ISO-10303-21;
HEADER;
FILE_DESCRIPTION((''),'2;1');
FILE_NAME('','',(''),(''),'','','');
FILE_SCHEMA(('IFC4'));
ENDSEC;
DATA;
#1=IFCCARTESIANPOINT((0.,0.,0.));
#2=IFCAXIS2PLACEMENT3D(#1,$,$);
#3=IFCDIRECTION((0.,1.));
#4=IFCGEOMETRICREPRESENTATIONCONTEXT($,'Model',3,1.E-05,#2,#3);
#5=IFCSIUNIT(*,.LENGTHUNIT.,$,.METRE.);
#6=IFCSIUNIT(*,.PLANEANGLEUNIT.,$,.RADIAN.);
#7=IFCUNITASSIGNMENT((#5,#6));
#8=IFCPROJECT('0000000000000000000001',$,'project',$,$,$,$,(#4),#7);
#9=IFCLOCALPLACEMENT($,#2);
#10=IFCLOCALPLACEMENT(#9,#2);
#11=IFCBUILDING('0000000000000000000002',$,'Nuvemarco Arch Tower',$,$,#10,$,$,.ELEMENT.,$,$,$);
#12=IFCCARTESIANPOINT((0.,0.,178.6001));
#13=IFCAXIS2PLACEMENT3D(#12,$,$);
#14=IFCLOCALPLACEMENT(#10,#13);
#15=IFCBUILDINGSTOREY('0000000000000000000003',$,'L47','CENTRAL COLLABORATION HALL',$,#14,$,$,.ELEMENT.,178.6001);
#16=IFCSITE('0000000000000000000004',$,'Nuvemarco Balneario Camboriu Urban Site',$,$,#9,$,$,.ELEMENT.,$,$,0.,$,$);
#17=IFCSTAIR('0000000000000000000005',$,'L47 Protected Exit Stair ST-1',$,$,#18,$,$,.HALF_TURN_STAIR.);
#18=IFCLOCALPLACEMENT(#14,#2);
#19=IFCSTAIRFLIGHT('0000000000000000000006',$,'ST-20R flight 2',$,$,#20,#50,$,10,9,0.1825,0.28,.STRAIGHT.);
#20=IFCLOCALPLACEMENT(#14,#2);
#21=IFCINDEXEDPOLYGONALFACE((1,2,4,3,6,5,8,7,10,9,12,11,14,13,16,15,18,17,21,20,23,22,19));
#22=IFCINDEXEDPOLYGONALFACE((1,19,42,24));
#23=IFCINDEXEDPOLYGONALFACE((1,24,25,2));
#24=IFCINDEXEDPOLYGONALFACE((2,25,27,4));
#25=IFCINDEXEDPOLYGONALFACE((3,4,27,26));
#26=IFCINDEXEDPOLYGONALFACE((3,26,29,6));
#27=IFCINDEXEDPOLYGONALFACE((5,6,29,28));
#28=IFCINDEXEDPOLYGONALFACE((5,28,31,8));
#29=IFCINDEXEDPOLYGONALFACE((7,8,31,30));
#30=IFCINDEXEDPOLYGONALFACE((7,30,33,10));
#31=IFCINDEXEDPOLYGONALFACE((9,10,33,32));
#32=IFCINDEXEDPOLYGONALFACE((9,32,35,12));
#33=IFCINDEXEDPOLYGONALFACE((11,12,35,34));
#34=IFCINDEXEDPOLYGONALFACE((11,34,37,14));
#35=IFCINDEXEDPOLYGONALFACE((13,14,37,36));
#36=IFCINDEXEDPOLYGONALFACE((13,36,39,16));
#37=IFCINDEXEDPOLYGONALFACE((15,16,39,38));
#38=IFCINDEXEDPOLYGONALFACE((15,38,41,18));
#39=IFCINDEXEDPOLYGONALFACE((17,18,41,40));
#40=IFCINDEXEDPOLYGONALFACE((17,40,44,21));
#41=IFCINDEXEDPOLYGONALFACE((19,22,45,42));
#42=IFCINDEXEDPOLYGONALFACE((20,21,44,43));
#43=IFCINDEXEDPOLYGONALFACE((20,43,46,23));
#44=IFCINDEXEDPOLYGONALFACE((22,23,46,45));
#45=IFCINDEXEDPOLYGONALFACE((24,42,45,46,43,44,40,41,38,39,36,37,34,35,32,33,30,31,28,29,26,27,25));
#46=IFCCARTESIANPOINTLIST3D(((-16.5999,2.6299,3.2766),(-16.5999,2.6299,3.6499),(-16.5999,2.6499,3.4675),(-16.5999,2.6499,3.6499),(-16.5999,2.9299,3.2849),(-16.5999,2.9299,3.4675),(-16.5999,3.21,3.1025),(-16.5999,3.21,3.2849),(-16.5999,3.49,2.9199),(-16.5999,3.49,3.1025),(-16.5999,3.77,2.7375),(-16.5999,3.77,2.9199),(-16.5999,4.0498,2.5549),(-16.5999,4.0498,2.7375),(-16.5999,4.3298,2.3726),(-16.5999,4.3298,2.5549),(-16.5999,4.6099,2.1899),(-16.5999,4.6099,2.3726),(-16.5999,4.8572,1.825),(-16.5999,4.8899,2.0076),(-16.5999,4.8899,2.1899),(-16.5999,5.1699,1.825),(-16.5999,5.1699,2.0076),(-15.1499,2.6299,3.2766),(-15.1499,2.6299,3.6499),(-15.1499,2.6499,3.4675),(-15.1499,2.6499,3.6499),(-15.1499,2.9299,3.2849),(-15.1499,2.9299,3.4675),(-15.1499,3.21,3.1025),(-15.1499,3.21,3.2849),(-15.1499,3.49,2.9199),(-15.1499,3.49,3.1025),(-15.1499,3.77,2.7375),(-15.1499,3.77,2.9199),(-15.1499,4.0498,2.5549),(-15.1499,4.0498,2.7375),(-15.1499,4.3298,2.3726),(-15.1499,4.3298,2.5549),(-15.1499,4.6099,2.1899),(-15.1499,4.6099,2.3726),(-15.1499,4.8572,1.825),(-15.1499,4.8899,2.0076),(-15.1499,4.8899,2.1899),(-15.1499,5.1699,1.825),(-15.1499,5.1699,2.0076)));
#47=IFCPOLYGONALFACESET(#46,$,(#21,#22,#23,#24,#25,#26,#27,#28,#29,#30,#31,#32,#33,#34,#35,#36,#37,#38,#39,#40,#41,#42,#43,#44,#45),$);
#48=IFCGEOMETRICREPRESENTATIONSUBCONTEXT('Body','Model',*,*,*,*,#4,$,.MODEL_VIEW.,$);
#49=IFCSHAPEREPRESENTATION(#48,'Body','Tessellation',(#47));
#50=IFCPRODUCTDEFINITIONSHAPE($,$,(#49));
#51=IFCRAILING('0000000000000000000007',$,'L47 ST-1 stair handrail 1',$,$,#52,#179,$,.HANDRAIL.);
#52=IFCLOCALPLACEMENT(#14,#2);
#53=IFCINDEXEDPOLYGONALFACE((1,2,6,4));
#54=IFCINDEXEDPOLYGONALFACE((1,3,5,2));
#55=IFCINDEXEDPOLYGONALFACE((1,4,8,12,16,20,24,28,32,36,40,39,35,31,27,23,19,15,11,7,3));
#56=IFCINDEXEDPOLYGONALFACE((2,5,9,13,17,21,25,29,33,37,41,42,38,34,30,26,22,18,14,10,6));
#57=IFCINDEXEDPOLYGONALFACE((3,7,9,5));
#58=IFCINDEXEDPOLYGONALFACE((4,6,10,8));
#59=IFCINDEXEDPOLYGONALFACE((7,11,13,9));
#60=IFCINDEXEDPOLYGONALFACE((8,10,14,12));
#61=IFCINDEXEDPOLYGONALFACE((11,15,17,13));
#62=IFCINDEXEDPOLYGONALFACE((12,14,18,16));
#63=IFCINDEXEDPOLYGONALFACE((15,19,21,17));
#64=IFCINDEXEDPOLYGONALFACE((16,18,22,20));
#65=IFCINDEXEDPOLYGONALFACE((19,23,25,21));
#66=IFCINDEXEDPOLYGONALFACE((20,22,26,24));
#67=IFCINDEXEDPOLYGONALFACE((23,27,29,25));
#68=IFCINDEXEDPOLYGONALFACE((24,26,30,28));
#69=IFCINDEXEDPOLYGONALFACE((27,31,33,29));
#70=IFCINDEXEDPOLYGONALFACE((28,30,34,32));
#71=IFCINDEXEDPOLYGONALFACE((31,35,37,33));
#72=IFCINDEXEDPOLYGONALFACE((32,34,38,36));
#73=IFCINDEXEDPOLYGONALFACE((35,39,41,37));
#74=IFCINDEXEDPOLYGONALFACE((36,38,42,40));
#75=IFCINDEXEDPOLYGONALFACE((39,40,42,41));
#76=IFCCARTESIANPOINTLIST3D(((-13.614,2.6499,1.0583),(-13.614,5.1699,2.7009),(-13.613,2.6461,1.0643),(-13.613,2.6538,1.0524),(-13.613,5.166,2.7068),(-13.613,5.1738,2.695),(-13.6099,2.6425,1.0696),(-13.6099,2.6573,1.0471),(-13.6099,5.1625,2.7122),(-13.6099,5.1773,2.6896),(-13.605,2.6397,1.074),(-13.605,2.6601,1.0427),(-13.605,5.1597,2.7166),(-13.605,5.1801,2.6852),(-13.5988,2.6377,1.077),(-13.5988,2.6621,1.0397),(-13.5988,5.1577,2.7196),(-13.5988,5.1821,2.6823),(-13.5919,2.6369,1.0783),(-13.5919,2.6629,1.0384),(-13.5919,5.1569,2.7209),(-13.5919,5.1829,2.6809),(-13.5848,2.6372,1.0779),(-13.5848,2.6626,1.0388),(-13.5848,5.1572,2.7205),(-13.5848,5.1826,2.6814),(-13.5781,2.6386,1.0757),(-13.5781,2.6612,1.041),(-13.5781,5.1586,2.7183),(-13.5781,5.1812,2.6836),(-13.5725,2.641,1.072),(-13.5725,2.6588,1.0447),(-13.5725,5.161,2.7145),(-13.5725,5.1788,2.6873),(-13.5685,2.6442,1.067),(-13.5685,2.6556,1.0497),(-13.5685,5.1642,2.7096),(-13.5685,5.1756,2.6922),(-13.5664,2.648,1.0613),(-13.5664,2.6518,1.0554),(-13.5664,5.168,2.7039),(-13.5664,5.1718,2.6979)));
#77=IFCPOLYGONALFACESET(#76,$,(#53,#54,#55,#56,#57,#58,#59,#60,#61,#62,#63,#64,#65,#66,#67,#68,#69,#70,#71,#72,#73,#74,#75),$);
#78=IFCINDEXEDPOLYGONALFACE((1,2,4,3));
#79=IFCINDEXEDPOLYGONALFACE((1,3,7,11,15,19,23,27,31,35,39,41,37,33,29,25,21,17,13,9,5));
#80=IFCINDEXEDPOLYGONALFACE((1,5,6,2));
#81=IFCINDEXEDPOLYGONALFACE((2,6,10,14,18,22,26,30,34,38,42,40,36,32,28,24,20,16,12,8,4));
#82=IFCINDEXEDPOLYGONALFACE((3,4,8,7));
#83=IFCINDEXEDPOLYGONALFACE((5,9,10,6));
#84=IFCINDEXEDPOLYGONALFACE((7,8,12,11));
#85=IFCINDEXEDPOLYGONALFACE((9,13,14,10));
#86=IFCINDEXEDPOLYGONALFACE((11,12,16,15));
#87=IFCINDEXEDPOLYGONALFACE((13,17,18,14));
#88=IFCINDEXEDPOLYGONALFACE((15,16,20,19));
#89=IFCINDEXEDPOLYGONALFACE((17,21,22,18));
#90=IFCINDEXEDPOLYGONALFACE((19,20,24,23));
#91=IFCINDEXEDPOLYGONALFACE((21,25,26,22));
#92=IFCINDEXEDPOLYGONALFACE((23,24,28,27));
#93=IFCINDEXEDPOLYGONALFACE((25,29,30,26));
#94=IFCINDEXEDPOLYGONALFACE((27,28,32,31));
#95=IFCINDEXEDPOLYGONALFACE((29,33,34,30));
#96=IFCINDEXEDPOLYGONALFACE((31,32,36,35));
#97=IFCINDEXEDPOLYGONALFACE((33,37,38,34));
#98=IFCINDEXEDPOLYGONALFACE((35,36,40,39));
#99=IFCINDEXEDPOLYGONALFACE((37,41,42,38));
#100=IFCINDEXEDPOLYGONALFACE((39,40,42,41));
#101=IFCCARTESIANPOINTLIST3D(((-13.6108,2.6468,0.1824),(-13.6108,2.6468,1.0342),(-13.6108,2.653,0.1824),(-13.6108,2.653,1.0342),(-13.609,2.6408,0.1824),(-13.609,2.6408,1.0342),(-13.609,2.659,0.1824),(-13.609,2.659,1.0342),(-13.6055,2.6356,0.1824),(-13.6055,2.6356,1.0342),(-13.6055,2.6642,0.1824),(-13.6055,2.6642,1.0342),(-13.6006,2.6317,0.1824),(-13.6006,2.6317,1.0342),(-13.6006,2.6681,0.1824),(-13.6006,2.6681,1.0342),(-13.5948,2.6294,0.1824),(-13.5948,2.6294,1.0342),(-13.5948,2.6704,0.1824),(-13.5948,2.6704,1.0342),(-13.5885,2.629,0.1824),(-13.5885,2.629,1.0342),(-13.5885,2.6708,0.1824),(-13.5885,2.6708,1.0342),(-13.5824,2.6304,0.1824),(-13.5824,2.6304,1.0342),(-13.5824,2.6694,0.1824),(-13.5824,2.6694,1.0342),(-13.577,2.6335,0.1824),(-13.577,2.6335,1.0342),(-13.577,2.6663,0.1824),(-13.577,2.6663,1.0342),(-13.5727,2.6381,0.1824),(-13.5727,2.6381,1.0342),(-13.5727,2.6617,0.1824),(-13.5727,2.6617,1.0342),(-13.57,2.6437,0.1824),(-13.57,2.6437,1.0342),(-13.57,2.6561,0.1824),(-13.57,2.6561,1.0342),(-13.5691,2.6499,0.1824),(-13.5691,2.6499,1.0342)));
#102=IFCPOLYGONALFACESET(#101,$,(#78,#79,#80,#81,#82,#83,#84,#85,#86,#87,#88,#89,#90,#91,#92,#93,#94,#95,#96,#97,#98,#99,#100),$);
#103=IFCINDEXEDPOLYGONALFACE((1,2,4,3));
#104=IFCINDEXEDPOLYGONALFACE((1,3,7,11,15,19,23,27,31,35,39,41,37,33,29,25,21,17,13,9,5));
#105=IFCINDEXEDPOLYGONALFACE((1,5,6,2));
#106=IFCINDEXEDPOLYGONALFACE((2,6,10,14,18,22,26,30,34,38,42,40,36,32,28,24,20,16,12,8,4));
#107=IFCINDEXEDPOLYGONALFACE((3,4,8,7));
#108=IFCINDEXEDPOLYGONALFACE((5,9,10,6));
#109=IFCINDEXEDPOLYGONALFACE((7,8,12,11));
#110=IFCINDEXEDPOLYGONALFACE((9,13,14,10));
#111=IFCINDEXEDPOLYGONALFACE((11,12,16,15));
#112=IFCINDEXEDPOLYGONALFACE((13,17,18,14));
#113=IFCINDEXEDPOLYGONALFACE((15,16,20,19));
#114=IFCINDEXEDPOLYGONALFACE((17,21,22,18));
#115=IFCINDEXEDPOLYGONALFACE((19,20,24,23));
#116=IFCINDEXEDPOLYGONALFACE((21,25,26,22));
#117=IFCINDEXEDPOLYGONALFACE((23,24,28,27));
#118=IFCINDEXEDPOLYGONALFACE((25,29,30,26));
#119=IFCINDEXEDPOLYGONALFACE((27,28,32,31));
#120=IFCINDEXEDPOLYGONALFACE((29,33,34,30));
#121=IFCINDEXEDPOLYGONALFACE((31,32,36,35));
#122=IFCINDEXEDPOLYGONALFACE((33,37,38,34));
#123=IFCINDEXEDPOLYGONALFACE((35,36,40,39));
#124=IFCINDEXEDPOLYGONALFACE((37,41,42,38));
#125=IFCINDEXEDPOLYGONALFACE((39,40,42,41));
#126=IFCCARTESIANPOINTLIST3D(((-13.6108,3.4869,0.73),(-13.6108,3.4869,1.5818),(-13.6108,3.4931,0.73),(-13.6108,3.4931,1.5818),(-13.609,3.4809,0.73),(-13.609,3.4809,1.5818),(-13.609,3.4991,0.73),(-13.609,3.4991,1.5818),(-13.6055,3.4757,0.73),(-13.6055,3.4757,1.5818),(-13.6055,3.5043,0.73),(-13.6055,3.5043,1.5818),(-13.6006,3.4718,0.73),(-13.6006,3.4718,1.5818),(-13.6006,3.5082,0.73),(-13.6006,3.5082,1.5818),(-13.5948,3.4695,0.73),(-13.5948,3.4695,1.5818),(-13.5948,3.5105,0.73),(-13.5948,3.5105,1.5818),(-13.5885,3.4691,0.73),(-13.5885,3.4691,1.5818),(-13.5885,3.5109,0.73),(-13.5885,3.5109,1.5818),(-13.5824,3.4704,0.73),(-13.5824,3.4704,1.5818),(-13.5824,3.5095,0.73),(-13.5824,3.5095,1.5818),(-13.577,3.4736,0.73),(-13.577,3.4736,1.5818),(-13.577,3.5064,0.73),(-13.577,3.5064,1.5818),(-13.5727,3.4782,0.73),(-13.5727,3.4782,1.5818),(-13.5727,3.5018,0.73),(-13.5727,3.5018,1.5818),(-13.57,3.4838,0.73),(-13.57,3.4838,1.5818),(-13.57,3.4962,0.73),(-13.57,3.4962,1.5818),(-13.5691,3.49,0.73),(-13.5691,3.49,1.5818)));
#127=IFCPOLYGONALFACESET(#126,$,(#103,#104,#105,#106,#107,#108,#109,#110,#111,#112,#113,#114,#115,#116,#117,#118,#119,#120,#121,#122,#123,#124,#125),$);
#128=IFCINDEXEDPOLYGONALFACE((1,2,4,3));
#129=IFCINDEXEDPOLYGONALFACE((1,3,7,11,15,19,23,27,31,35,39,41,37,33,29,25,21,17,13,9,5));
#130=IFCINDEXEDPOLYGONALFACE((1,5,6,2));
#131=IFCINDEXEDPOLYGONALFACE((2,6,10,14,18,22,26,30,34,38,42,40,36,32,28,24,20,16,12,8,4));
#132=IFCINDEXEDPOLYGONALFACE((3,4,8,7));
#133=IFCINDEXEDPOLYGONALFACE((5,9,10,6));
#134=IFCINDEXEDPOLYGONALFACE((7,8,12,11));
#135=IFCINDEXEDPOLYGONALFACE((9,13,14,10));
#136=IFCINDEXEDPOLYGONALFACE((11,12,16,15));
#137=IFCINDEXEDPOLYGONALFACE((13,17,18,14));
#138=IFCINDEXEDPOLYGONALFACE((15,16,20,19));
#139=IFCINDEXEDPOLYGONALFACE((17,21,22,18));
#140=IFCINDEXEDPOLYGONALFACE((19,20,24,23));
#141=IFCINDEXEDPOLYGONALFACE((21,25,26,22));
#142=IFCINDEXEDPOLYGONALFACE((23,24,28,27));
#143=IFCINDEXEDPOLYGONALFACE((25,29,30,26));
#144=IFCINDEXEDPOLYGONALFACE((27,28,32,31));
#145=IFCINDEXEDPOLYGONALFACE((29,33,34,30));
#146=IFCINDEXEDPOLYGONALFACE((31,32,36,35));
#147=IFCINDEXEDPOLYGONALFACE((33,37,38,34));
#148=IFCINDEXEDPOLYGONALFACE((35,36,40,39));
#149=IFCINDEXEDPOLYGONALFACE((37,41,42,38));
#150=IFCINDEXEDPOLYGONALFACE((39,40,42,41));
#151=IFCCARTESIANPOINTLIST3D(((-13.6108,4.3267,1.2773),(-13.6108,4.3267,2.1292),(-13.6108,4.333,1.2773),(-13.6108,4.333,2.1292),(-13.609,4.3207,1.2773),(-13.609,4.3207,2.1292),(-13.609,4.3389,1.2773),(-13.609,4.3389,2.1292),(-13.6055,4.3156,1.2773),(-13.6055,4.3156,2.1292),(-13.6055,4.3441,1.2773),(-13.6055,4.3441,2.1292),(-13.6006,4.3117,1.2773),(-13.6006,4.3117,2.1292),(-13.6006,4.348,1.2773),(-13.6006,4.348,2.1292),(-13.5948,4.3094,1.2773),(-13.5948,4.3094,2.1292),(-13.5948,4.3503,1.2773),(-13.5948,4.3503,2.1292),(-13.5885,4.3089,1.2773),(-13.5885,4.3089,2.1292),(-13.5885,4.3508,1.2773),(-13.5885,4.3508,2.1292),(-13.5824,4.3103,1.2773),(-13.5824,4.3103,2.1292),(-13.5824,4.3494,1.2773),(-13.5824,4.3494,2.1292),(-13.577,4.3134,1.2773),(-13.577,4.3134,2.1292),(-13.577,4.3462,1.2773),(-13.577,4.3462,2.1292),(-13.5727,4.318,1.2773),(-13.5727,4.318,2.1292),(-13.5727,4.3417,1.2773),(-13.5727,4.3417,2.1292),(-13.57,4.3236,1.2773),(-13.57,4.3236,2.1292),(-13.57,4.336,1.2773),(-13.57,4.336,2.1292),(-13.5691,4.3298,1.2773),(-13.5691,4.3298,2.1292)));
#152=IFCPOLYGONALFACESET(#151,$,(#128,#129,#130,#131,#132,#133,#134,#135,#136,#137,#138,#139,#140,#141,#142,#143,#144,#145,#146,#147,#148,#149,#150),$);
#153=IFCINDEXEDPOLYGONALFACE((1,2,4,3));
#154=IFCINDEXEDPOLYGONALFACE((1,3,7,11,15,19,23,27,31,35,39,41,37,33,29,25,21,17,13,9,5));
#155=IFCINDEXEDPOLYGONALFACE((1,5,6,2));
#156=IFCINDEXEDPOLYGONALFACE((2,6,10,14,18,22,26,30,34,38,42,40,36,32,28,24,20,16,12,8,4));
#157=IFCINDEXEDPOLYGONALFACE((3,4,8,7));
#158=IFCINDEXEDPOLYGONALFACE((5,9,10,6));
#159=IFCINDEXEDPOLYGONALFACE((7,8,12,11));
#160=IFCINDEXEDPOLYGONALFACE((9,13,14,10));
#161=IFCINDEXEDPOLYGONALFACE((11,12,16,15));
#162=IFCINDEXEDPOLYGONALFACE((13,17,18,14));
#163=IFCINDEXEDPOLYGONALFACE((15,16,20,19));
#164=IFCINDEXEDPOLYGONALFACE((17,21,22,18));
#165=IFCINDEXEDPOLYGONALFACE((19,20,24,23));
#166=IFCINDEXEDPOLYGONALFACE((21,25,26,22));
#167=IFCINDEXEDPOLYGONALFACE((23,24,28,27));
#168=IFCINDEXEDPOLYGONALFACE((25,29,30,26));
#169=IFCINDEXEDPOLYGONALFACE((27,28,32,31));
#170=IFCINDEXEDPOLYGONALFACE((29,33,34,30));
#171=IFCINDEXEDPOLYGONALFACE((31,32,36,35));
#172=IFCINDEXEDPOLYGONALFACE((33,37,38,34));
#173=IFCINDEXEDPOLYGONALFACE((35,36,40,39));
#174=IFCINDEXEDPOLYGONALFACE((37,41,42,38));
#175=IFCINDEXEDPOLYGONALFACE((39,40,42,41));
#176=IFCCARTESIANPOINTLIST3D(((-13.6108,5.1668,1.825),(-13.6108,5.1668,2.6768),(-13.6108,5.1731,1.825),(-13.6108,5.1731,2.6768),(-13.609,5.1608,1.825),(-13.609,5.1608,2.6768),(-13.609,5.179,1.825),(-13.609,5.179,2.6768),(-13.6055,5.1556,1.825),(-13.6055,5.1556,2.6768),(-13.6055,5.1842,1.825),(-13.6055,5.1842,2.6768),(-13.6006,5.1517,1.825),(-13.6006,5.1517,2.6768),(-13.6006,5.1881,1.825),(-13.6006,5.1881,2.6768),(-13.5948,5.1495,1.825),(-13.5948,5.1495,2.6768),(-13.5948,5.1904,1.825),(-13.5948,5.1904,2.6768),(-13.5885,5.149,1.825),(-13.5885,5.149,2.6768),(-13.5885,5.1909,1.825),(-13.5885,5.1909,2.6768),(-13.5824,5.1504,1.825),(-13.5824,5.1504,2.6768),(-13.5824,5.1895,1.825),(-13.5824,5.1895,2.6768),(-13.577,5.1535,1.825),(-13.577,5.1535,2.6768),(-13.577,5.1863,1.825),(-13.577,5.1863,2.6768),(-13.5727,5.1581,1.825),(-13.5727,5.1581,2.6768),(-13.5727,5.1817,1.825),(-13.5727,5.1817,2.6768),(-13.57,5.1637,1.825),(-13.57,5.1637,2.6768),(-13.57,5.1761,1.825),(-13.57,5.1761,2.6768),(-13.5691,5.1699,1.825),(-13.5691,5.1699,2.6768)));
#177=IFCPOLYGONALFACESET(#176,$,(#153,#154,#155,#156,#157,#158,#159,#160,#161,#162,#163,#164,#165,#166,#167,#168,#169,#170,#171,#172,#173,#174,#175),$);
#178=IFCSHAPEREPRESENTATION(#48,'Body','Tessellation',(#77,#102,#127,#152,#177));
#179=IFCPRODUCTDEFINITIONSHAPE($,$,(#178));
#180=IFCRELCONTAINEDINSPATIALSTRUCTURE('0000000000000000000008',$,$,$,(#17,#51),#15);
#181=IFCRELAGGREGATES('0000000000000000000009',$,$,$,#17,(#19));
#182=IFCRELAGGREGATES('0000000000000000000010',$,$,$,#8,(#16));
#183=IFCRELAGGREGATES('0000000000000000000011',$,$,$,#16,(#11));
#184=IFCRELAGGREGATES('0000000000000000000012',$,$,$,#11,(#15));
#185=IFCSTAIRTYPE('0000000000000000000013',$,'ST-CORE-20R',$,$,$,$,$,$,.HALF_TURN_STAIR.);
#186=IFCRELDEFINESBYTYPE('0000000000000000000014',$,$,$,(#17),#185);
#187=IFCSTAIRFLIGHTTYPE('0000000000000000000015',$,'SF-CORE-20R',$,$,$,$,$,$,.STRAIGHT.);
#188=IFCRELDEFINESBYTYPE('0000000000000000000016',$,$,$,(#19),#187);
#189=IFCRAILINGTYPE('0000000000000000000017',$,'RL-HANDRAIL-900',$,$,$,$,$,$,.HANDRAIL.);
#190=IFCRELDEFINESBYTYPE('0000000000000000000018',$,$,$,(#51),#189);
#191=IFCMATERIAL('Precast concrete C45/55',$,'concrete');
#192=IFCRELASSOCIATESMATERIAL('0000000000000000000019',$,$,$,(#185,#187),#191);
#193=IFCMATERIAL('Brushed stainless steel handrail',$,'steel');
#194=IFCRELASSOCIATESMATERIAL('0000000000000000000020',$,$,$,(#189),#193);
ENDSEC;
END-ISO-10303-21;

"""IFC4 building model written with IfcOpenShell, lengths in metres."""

from ifc_helpers import new_model, si_unit, direction, frame, origin, origin_2d, place, context, subcontext, project, spatial, polyline, circle, outline, extrude, material, type_object, element, aggregate, save


model = new_model("IFC4")

# Units and contexts
model_context = context("Model", 3, precision=1e-05, world=origin(), true_north=direction((0.0, 1.0)))
body_context = subcontext(model_context, "Body", "Model", "MODEL_VIEW")
ifc_project = project(units=[si_unit("LENGTHUNIT", "METRE"), si_unit("PLANEANGLEUNIT", "RADIAN")], contexts=[model_context])

# Site, building, storey
site_placement = place(None, origin())
site = spatial("IfcSite", under=ifc_project, at=site_placement, Name="Nuvemarco Balneario Camboriu Urban Site", CompositionType="ELEMENT", RefElevation=0.0)
building_placement = place(site_placement, origin())
building = spatial("IfcBuilding", under=site, at=building_placement, Name="Nuvemarco Arch Tower", CompositionType="ELEMENT")
storey_placement = place(building_placement, frame((0.0, 0.0, 178.6001)))
storey = spatial("IfcBuildingStorey", under=building, at=storey_placement, Name="L47", Description="CENTRAL COLLABORATION HALL", CompositionType="ELEMENT", Elevation=178.6001)

# Shared definitions
ifc_material_1 = material(Name="Precast concrete C45/55", Category="concrete")

# Stair, stair flight
stair_type = type_object("IfcStairType", Name="ST-CORE-20R", PredefinedType="HALF_TURN_STAIR", material=ifc_material_1)
stair_placement = place(storey_placement, origin())
stair = element("IfcStair", 1, at=stair_placement, inside=storey, type_object=stair_type, Name="L47 Protected Exit Stair ST-1", PredefinedType="HALF_TURN_STAIR")
stair_flight_type = type_object("IfcStairFlightType", Name="SF-CORE-20R", PredefinedType="STRAIGHT", material=ifc_material_1)
stair_flight_1_placement = place(storey_placement, frame((-15.875, 5.1699, 1.825), z_axis=(0.0, 0.0, 1.0), x_axis=(0.0, -1.0, 0.0)))
stair_flight_1 = element("IfcStairFlight", 2, at=stair_flight_1_placement, type_object=stair_flight_type, Name="ST-20R flight 2", NumberOfRisers=10, NumberOfTreads=9, PredefinedType="STRAIGHT", RiserHeight=0.1825, TreadLength=0.28, context=body_context, shape_type="SweptSolid", body=[
    extrude(outline(polyline([(0.0, 0.0), (0.0, 0.1826), (0.28, 0.1826), (0.28, 0.365), (0.5601, 0.365), (0.5601, 0.5476), (0.8401, 0.5476), (0.8401, 0.73), (1.1201, 0.73), (1.1201, 0.9126), (1.3999, 0.9126), (1.3999, 1.095), (1.6799, 1.095), (1.6799, 1.2776), (1.96, 1.2776), (1.96, 1.46), (2.24, 1.46), (2.24, 1.6426), (2.52, 1.6426), (2.52, 1.825), (2.54, 1.825), (2.54, 1.4517), (0.3127, 0.0), (0.0, 0.0)])), frame((0.0, 0.7251, 0.0), z_axis=(0.0, -1.0, 0.0), x_axis=(1.0, 0.0, 0.0)), (0.0, 0.0, 1.0), 1.45),
])
aggregate(stair, [stair_flight_1])

# Railing
ifc_material_2 = material(Name="Brushed stainless steel handrail", Category="steel")
railing_type_1 = type_object("IfcRailingType", Name="RL-HANDRAIL-900", PredefinedType="HANDRAIL", material=ifc_material_2)
railing_1_placement = place(storey_placement, frame((-13.5901, 2.6499, 0.1824)))
element("IfcRailing", 3, at=railing_1_placement, inside=storey, type_object=railing_type_1, Name="L47 ST-1 stair handrail 1", PredefinedType="HANDRAIL", context=body_context, shape_type="SweptSolid", body=[
    extrude(circle(Radius=0.0239, at=origin_2d()), frame((0.0, 0.0, 0.876), z_axis=(0.0, 0.837749, 0.546055), x_axis=(-1.0, 0.0, 0.0)), (0.0, 0.0, 1.0), 3.0081),
    extrude(circle(Radius=0.021, at=origin_2d()), origin(), (0.0, 0.0, 1.0), 0.8518),
    extrude(circle(Radius=0.021, at=origin_2d()), frame((0.0, 0.8401, 0.5476)), (0.0, 0.0, 1.0), 0.8518),
    extrude(circle(Radius=0.021, at=origin_2d()), frame((0.0, 1.6799, 1.095)), (0.0, 0.0, 1.0), 0.8518),
    extrude(circle(Radius=0.021, at=origin_2d()), frame((0.0, 2.52, 1.6426)), (0.0, 0.0, 1.0), 0.8518),
])

save(model, "model.ifc")
